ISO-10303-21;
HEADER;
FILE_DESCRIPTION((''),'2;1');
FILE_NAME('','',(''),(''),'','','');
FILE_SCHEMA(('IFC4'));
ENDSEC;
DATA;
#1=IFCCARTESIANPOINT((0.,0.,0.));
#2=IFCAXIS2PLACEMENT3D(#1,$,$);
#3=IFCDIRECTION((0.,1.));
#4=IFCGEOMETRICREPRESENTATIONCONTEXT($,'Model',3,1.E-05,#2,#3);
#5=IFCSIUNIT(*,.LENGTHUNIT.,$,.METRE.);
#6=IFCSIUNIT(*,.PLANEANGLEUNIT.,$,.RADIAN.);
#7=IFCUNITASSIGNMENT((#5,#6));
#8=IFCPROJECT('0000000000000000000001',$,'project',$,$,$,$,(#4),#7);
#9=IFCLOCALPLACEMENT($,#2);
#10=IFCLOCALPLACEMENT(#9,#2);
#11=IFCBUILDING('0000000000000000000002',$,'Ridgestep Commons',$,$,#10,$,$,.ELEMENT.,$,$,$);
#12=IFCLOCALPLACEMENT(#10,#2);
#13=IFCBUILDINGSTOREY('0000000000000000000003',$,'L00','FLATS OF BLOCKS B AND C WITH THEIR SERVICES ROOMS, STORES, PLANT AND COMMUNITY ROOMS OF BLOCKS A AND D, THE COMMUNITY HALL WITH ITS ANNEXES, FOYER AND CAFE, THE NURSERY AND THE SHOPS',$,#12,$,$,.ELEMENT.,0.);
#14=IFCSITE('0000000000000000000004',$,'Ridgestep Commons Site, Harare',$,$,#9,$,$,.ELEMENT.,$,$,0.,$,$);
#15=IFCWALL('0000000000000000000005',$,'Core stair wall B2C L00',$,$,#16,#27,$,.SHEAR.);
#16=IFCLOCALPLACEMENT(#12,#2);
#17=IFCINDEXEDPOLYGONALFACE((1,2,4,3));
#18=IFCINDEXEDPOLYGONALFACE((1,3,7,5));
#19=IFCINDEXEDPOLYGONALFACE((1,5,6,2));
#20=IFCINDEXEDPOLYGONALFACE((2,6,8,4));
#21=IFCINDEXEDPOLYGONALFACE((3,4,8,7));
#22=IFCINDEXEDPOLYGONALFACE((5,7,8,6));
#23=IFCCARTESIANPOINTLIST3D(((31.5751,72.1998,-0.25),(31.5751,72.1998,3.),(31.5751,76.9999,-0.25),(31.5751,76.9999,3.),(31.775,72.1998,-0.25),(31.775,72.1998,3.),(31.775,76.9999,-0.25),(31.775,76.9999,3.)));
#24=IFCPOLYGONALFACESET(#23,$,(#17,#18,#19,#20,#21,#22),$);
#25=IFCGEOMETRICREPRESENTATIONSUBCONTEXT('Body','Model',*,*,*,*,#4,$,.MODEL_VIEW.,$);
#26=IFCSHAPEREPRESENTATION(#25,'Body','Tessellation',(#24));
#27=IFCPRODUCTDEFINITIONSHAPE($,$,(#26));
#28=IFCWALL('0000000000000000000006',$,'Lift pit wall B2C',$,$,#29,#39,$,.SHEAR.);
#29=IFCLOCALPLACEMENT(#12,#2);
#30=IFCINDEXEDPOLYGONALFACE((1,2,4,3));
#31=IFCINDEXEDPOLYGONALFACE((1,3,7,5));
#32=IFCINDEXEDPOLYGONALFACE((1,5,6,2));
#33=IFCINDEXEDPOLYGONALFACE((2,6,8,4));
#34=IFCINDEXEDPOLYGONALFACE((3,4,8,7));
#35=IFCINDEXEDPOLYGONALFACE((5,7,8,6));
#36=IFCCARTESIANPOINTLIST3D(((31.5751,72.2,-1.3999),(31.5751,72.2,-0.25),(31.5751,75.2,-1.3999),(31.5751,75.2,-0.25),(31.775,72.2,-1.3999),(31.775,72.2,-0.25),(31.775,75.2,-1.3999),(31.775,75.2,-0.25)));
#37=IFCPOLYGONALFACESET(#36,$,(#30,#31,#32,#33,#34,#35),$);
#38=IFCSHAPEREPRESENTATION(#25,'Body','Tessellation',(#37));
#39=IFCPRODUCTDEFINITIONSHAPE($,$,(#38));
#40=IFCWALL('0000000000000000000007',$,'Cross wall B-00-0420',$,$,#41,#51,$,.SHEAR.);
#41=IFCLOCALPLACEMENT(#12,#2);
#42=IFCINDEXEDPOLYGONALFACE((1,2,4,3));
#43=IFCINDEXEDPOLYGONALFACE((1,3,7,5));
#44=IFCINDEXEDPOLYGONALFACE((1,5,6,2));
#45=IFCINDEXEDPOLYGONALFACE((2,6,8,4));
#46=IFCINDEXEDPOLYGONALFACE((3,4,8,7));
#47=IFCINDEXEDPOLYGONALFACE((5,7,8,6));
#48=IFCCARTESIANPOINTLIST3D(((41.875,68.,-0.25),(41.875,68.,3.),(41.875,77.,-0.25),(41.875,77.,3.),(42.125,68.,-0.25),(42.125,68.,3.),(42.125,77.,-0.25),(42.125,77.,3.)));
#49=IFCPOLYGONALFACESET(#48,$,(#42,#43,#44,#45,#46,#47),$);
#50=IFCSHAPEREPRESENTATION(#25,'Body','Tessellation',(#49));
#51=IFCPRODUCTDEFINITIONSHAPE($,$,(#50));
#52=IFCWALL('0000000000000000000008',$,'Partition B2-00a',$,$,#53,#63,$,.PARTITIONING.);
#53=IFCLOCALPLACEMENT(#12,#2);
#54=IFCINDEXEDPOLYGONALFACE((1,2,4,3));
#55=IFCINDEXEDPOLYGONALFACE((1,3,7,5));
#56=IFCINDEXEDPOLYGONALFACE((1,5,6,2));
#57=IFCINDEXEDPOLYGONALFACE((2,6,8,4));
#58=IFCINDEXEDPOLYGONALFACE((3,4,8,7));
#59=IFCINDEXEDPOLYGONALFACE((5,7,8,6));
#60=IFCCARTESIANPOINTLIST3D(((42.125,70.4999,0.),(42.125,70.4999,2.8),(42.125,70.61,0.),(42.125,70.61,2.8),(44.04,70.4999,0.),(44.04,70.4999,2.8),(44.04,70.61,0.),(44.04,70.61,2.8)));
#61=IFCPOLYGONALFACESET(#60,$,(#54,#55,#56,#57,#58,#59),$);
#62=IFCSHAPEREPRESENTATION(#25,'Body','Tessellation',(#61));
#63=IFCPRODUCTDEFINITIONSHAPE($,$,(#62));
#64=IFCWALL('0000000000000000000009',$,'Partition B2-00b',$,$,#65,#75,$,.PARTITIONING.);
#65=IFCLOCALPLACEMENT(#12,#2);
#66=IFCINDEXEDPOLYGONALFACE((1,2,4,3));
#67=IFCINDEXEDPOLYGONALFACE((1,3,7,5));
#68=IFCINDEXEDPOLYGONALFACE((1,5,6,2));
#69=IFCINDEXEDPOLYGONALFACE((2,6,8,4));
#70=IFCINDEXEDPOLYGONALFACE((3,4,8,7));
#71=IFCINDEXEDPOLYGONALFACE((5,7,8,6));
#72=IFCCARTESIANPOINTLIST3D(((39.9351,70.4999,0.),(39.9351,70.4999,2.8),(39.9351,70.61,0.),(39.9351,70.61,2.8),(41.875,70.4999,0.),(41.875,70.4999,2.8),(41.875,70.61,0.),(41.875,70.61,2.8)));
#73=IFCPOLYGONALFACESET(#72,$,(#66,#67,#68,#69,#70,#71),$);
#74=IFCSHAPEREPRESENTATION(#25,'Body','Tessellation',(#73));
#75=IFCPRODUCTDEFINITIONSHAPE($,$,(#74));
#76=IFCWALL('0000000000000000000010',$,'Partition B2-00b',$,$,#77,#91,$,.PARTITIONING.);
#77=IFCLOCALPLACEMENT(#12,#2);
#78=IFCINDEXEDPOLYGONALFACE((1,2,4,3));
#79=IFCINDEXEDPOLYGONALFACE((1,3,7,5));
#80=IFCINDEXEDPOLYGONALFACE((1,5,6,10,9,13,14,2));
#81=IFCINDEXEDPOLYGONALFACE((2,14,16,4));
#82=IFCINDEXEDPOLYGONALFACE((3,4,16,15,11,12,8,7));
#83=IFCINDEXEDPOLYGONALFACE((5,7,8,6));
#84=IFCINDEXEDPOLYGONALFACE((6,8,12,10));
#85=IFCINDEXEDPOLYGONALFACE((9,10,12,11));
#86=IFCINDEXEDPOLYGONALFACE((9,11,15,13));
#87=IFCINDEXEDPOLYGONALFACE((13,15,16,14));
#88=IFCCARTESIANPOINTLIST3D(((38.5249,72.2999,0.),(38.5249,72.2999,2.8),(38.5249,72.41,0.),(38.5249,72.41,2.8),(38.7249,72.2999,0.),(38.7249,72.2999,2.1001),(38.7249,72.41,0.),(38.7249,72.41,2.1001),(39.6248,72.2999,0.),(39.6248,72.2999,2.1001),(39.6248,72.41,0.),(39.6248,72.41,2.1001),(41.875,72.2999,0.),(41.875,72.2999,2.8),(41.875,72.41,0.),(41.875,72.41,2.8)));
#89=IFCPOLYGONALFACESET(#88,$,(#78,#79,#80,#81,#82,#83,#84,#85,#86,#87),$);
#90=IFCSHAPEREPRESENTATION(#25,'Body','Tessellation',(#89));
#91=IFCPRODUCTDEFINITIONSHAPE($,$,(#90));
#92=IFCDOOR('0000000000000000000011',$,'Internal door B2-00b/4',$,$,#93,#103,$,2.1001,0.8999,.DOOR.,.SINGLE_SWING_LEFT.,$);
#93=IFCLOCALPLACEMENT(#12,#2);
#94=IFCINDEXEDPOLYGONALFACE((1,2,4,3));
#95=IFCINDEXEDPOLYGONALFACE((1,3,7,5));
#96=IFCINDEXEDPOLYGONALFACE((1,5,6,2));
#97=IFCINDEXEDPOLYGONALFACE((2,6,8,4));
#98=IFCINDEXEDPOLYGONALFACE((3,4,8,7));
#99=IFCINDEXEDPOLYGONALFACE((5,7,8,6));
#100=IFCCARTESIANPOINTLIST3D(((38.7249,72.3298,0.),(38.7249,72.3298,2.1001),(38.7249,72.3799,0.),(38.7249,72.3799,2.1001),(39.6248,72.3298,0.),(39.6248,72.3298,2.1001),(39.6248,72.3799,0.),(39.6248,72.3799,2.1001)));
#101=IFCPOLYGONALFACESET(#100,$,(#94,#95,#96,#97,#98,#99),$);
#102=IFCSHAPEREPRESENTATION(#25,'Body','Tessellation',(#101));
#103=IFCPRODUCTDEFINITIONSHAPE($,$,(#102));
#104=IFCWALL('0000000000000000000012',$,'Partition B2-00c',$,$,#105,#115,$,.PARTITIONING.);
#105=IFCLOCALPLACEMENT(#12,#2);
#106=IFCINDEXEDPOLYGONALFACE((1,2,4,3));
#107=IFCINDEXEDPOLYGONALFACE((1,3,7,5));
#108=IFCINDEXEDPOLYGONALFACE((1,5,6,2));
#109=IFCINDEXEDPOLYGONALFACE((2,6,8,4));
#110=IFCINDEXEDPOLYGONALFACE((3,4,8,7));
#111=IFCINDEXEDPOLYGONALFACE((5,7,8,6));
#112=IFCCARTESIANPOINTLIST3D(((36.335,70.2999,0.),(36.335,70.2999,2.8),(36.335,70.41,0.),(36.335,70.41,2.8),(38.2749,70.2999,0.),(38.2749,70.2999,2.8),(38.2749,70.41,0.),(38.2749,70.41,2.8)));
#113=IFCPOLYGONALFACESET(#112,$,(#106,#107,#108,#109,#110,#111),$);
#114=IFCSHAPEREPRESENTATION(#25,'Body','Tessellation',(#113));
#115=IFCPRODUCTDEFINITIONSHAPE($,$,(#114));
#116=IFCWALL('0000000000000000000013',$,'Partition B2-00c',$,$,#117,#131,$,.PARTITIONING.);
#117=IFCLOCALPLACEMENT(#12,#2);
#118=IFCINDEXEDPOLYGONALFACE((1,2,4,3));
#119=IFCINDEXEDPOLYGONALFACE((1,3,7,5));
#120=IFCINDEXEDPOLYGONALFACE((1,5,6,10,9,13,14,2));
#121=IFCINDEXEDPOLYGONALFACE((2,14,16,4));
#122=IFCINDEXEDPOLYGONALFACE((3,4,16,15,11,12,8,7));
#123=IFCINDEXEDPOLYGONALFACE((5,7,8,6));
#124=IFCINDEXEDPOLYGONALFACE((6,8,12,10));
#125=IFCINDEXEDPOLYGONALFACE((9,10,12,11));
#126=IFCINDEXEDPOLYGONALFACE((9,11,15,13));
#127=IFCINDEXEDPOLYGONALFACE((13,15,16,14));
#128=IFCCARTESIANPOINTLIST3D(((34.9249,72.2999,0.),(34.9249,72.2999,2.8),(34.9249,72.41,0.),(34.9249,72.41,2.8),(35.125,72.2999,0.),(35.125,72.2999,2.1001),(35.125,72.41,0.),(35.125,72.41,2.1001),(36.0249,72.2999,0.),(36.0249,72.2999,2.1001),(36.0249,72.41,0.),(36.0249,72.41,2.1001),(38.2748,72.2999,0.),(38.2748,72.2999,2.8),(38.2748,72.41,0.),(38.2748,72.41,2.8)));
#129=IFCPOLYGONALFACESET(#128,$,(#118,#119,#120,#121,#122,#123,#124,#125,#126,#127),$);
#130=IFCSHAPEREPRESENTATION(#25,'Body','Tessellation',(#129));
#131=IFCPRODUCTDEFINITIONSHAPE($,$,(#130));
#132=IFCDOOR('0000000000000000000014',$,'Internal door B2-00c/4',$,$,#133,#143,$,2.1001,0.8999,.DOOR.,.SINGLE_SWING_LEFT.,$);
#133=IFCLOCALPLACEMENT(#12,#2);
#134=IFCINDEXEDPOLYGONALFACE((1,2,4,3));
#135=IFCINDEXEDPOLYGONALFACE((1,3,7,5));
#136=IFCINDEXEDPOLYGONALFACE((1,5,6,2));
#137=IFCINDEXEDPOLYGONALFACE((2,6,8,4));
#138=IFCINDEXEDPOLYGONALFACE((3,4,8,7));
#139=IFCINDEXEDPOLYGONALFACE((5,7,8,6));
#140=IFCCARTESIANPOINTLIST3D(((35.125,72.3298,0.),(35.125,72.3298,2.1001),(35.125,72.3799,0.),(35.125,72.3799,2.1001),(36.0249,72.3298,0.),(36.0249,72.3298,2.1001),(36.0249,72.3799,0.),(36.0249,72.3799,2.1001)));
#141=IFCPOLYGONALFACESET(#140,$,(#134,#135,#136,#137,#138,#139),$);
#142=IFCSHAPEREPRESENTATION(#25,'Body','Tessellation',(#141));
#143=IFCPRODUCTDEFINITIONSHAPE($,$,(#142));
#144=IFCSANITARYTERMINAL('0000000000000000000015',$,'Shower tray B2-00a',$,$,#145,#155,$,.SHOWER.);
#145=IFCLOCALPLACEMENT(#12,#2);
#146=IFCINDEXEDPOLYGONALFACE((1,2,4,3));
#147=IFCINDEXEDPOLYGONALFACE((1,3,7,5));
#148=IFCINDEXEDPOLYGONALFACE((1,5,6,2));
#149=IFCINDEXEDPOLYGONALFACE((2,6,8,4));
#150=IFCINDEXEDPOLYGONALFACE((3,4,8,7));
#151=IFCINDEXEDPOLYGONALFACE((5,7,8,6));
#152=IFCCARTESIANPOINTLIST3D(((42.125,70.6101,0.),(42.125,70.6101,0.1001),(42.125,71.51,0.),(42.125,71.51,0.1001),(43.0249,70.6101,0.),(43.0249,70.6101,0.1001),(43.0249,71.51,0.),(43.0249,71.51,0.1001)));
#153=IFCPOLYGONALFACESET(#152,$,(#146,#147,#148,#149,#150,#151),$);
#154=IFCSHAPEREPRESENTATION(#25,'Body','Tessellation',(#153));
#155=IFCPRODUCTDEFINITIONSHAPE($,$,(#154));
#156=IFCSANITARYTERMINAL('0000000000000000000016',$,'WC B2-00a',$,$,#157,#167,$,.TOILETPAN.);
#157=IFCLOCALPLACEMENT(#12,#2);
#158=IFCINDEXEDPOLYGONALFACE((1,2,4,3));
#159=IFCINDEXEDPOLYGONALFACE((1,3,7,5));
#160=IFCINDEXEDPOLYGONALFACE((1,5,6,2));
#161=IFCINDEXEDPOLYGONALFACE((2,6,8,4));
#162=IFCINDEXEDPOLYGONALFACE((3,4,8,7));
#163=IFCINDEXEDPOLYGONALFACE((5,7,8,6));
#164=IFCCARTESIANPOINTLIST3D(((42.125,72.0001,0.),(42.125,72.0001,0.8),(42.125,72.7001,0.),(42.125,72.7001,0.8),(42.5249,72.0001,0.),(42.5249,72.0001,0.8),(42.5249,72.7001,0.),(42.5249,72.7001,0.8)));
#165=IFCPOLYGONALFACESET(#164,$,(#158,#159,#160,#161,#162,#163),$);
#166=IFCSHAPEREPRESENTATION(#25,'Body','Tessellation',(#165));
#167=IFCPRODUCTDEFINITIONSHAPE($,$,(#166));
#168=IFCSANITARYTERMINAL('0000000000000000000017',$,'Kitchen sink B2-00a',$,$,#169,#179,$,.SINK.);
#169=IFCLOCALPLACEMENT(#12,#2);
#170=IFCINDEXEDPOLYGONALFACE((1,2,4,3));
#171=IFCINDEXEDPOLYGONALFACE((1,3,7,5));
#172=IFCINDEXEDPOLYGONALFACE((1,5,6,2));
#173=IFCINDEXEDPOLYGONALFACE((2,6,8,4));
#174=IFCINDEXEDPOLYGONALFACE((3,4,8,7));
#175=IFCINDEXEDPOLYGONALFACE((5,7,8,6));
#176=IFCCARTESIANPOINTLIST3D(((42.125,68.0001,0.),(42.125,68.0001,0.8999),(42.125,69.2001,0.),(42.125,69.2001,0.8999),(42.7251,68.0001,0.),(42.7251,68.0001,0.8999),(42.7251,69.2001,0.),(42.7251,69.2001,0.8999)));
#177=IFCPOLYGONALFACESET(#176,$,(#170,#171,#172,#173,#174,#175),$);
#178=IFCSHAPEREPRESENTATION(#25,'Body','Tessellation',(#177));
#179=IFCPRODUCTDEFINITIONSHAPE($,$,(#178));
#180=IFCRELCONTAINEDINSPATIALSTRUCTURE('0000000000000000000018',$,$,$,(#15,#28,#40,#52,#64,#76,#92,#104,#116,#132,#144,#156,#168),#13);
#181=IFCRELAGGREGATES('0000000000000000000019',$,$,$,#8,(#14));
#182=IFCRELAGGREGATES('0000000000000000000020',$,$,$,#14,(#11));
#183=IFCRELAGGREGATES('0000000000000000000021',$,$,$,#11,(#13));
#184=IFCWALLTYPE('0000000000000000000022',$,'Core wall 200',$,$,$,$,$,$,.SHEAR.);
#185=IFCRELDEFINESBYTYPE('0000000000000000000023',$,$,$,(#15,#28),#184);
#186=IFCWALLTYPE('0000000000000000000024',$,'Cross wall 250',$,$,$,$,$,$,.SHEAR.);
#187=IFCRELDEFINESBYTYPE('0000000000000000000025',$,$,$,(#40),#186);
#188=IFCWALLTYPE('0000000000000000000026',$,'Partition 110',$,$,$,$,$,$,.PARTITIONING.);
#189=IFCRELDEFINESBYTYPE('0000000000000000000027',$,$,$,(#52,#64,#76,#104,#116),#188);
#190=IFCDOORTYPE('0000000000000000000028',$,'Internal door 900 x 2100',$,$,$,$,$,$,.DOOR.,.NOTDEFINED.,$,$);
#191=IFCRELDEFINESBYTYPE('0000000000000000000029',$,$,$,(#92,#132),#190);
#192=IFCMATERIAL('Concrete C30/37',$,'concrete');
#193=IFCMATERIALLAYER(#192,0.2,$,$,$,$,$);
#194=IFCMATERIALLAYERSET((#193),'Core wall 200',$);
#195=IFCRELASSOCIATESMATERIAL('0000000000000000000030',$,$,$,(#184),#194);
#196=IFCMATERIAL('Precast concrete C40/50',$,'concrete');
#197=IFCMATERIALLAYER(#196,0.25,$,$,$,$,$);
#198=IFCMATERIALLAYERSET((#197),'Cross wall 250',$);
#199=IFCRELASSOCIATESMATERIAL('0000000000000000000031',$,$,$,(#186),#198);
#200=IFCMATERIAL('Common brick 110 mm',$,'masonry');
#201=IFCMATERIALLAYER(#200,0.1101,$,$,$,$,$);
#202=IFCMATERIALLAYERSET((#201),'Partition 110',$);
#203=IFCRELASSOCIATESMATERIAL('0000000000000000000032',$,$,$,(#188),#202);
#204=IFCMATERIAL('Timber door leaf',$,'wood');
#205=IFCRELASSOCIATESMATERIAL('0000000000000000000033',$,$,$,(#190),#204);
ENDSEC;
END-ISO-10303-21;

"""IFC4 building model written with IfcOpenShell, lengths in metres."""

from ifc_helpers import new_model, si_unit, direction, frame, frame_2d, origin, origin_2d, place, context, subcontext, project, spatial, rectangle, extrude, material, layer, layer_set, type_object, element, fill, save


model = new_model("IFC4")

# Units and contexts
model_context = context("Model", 3, precision=1e-05, world=origin(), true_north=direction((0.0, 1.0)))
body_context = subcontext(model_context, "Body", "Model", "MODEL_VIEW")
ifc_project = project(units=[si_unit("LENGTHUNIT", "METRE"), si_unit("PLANEANGLEUNIT", "RADIAN")], contexts=[model_context])

# Site, building, storey
site_placement = place(None, origin())
site = spatial("IfcSite", under=ifc_project, at=site_placement, Name="Ridgestep Commons Site, Harare", CompositionType="ELEMENT", RefElevation=0.0)
building_placement = place(site_placement, origin())
building = spatial("IfcBuilding", under=site, at=building_placement, Name="Ridgestep Commons", CompositionType="ELEMENT")
storey_placement = place(building_placement, origin())
storey = spatial("IfcBuildingStorey", under=building, at=storey_placement, Name="L00", Description="FLATS OF BLOCKS B AND C WITH THEIR SERVICES ROOMS, STORES, PLANT AND COMMUNITY ROOMS OF BLOCKS A AND D, THE COMMUNITY HALL WITH ITS ANNEXES, FOYER AND CAFE, THE NURSERY AND THE SHOPS", CompositionType="ELEMENT", Elevation=0.0)

# Walls
ifc_material_1 = material(Name="Concrete C30/37", Category="concrete")
ifc_layer_1 = layer(ifc_material_1, 0.2)
ifc_layer_set_1 = layer_set([ifc_layer_1], Name="Core wall 200")
wall_type_1 = type_object("IfcWallType", Name="Core wall 200", PredefinedType="SHEAR", material=ifc_layer_set_1)
wall_1_placement = place(storey_placement, frame((31.675, 72.2, -0.25), z_axis=(0.0, 0.0, 1.0), x_axis=(0.0, 1.0, 0.0)))
element("IfcWall", 1, at=wall_1_placement, inside=storey, type_object=wall_type_1, Name="Core stair wall B2C L00", PredefinedType="SHEAR", context=body_context, shape_type="SweptSolid", body=[
    extrude(rectangle(XDim=4.8, YDim=0.2, at=frame_2d((2.3999, 0.0))), origin(), (0.0, 0.0, 1.0), 3.25),
])
wall_2_placement = place(storey_placement, frame((31.675, 72.2, -1.3999), z_axis=(0.0, 0.0, 1.0), x_axis=(0.0, 1.0, 0.0)))
element("IfcWall", 2, at=wall_2_placement, inside=storey, type_object=wall_type_1, Name="Lift pit wall B2C", PredefinedType="SHEAR", context=body_context, shape_type="SweptSolid", body=[
    extrude(rectangle(XDim=3.0, YDim=0.2, at=frame_2d((1.5, 0.0))), origin(), (0.0, 0.0, 1.0), 1.1499),
])
ifc_material_2 = material(Name="Precast concrete C40/50", Category="concrete")
ifc_layer_2 = layer(ifc_material_2, 0.25)
ifc_layer_set_2 = layer_set([ifc_layer_2], Name="Cross wall 250")
wall_type_2 = type_object("IfcWallType", Name="Cross wall 250", PredefinedType="SHEAR", material=ifc_layer_set_2)
wall_3_placement = place(storey_placement, frame((42.0, 68.0, -0.25), z_axis=(0.0, 0.0, 1.0), x_axis=(0.0, 1.0, 0.0)))
element("IfcWall", 3, at=wall_3_placement, inside=storey, type_object=wall_type_2, Name="Cross wall B-00-0420", PredefinedType="SHEAR", context=body_context, shape_type="SweptSolid", body=[
    extrude(rectangle(XDim=9.0, YDim=0.25, at=frame_2d((4.5, 0.0))), origin(), (0.0, 0.0, 1.0), 3.25),
])
ifc_material_3 = material(Name="Common brick 110 mm", Category="masonry")
ifc_layer_3 = layer(ifc_material_3, 0.1101)
ifc_layer_set_3 = layer_set([ifc_layer_3], Name="Partition 110")
wall_type_3 = type_object("IfcWallType", Name="Partition 110", PredefinedType="PARTITIONING", material=ifc_layer_set_3)
wall_4_placement = place(storey_placement, frame((42.125, 70.5549, 0.0), z_axis=(0.0, 0.0, 1.0), x_axis=(1.0, 0.0, 0.0)))
element("IfcWall", 4, at=wall_4_placement, inside=storey, type_object=wall_type_3, Name="Partition B2-00a", PredefinedType="PARTITIONING", context=body_context, shape_type="SweptSolid", body=[
    extrude(rectangle(XDim=1.915, YDim=0.1101, at=frame_2d((0.9575, 0.0))), origin(), (0.0, 0.0, 1.0), 2.8),
])
wall_5_placement = place(storey_placement, frame((39.9351, 70.5549, 0.0), z_axis=(0.0, 0.0, 1.0), x_axis=(1.0, 0.0, 0.0)))
element("IfcWall", 5, at=wall_5_placement, inside=storey, type_object=wall_type_3, Name="Partition B2-00b", PredefinedType="PARTITIONING", context=body_context, shape_type="SweptSolid", body=[
    extrude(rectangle(XDim=1.9399, YDim=0.1101, at=frame_2d((0.97, 0.0))), origin(), (0.0, 0.0, 1.0), 2.8),
])

# Wall, opening, door
wall_6_placement = place(storey_placement, frame((38.5249, 72.355, 0.0), z_axis=(0.0, 0.0, 1.0), x_axis=(1.0, 0.0, 0.0)))
wall_6 = element("IfcWall", 6, at=wall_6_placement, inside=storey, type_object=wall_type_3, Name="Partition B2-00b", PredefinedType="PARTITIONING", context=body_context, shape_type="SweptSolid", body=[
    extrude(rectangle(XDim=3.3501, YDim=0.1101, at=frame_2d((1.675, 0.0))), origin(), (0.0, 0.0, 1.0), 2.8),
])
opening_1_placement = place(wall_6_placement, frame((0.2, 0.0, 0.0)))
opening_1 = element("IfcOpeningElement", 7, at=opening_1_placement, cuts=wall_6, PredefinedType="OPENING", context=body_context, shape_type="SweptSolid", body=[
    extrude(rectangle(XDim=0.8999, YDim=2.1001, at=frame_2d((0.45, 1.05))), frame((0.0, 0.0649, 0.0), z_axis=(0.0, -1.0, 0.0), x_axis=(1.0, 0.0, 0.0)), (0.0, 0.0, 1.0), 0.1301),
])
ifc_material_4 = material(Name="Timber door leaf", Category="wood")
door_type = type_object("IfcDoorType", Name="Internal door 900 x 2100", OperationType="NOTDEFINED", PredefinedType="DOOR", material=ifc_material_4)
door_1_placement = place(opening_1_placement, origin())
door_1 = element("IfcDoor", 8, at=door_1_placement, inside=storey, type_object=door_type, Name="Internal door B2-00b/4", OperationType="SINGLE_SWING_LEFT", OverallHeight=2.1001, OverallWidth=0.8999, PredefinedType="DOOR", context=body_context, shape_type="SweptSolid", body=[
    extrude(rectangle(XDim=0.8999, YDim=2.1001, at=frame_2d((0.45, 1.05))), frame((0.0, 0.0249, 0.0), z_axis=(0.0, -1.0, 0.0), x_axis=(1.0, 0.0, 0.0)), (0.0, 0.0, 1.0), 0.05),
])
fill(opening_1, door_1)

# Wall
wall_7_placement = place(storey_placement, frame((36.335, 70.355, 0.0), z_axis=(0.0, 0.0, 1.0), x_axis=(1.0, 0.0, 0.0)))
element("IfcWall", 9, at=wall_7_placement, inside=storey, type_object=wall_type_3, Name="Partition B2-00c", PredefinedType="PARTITIONING", context=body_context, shape_type="SweptSolid", body=[
    extrude(rectangle(XDim=1.9399, YDim=0.1101, at=frame_2d((0.97, 0.0))), origin(), (0.0, 0.0, 1.0), 2.8),
])

# Wall, opening, door
wall_8_placement = place(storey_placement, frame((34.925, 72.355, 0.0), z_axis=(0.0, 0.0, 1.0), x_axis=(1.0, 0.0, 0.0)))
wall_8 = element("IfcWall", 10, at=wall_8_placement, inside=storey, type_object=wall_type_3, Name="Partition B2-00c", PredefinedType="PARTITIONING", context=body_context, shape_type="SweptSolid", body=[
    extrude(rectangle(XDim=3.3499, YDim=0.1101, at=frame_2d((1.6748, 0.0))), origin(), (0.0, 0.0, 1.0), 2.8),
])
opening_2_placement = place(wall_8_placement, frame((0.2, 0.0, 0.0)))
opening_2 = element("IfcOpeningElement", 11, at=opening_2_placement, cuts=wall_8, PredefinedType="OPENING", context=body_context, shape_type="SweptSolid", body=[
    extrude(rectangle(XDim=0.8999, YDim=2.1001, at=frame_2d((0.45, 1.05))), frame((0.0, 0.0649, 0.0), z_axis=(0.0, -1.0, 0.0), x_axis=(1.0, 0.0, 0.0)), (0.0, 0.0, 1.0), 0.1301),
])
door_2_placement = place(opening_2_placement, origin())
door_2 = element("IfcDoor", 12, at=door_2_placement, inside=storey, type_object=door_type, Name="Internal door B2-00c/4", OperationType="SINGLE_SWING_LEFT", OverallHeight=2.1001, OverallWidth=0.8999, PredefinedType="DOOR", context=body_context, shape_type="SweptSolid", body=[
    extrude(rectangle(XDim=0.8999, YDim=2.1001, at=frame_2d((0.45, 1.05))), frame((0.0, 0.0249, 0.0), z_axis=(0.0, -1.0, 0.0), x_axis=(1.0, 0.0, 0.0)), (0.0, 0.0, 1.0), 0.05),
])
fill(opening_2, door_2)

# Sanitary terminals
sanitary_terminal_1_placement = place(storey_placement, frame((42.575, 71.0601, 0.0), z_axis=(0.0, 0.0, 1.0), x_axis=(1.0, 0.0, 0.0)))
element("IfcSanitaryTerminal", 13, at=sanitary_terminal_1_placement, inside=storey, Name="Shower tray B2-00a", PredefinedType="SHOWER", context=body_context, shape_type="SweptSolid", body=[
    extrude(rectangle(XDim=0.8999, YDim=0.8999, at=origin_2d()), origin(), (0.0, 0.0, 1.0), 0.1001),
])
sanitary_terminal_2_placement = place(storey_placement, frame((42.325, 72.3501, 0.0), z_axis=(0.0, 0.0, 1.0), x_axis=(1.0, 0.0, 0.0)))
element("IfcSanitaryTerminal", 14, at=sanitary_terminal_2_placement, inside=storey, Name="WC B2-00a", PredefinedType="TOILETPAN", context=body_context, shape_type="SweptSolid", body=[
    extrude(rectangle(XDim=0.3999, YDim=0.7, at=origin_2d()), origin(), (0.0, 0.0, 1.0), 0.8),
])
sanitary_terminal_3_placement = place(storey_placement, frame((42.425, 68.6001, 0.0), z_axis=(0.0, 0.0, 1.0), x_axis=(1.0, 0.0, 0.0)))
element("IfcSanitaryTerminal", 15, at=sanitary_terminal_3_placement, inside=storey, Name="Kitchen sink B2-00a", PredefinedType="SINK", context=body_context, shape_type="SweptSolid", body=[
    extrude(rectangle(XDim=0.6001, YDim=1.2, at=origin_2d()), origin(), (0.0, 0.0, 1.0), 0.8999),
])

save(model, "model.ifc")
